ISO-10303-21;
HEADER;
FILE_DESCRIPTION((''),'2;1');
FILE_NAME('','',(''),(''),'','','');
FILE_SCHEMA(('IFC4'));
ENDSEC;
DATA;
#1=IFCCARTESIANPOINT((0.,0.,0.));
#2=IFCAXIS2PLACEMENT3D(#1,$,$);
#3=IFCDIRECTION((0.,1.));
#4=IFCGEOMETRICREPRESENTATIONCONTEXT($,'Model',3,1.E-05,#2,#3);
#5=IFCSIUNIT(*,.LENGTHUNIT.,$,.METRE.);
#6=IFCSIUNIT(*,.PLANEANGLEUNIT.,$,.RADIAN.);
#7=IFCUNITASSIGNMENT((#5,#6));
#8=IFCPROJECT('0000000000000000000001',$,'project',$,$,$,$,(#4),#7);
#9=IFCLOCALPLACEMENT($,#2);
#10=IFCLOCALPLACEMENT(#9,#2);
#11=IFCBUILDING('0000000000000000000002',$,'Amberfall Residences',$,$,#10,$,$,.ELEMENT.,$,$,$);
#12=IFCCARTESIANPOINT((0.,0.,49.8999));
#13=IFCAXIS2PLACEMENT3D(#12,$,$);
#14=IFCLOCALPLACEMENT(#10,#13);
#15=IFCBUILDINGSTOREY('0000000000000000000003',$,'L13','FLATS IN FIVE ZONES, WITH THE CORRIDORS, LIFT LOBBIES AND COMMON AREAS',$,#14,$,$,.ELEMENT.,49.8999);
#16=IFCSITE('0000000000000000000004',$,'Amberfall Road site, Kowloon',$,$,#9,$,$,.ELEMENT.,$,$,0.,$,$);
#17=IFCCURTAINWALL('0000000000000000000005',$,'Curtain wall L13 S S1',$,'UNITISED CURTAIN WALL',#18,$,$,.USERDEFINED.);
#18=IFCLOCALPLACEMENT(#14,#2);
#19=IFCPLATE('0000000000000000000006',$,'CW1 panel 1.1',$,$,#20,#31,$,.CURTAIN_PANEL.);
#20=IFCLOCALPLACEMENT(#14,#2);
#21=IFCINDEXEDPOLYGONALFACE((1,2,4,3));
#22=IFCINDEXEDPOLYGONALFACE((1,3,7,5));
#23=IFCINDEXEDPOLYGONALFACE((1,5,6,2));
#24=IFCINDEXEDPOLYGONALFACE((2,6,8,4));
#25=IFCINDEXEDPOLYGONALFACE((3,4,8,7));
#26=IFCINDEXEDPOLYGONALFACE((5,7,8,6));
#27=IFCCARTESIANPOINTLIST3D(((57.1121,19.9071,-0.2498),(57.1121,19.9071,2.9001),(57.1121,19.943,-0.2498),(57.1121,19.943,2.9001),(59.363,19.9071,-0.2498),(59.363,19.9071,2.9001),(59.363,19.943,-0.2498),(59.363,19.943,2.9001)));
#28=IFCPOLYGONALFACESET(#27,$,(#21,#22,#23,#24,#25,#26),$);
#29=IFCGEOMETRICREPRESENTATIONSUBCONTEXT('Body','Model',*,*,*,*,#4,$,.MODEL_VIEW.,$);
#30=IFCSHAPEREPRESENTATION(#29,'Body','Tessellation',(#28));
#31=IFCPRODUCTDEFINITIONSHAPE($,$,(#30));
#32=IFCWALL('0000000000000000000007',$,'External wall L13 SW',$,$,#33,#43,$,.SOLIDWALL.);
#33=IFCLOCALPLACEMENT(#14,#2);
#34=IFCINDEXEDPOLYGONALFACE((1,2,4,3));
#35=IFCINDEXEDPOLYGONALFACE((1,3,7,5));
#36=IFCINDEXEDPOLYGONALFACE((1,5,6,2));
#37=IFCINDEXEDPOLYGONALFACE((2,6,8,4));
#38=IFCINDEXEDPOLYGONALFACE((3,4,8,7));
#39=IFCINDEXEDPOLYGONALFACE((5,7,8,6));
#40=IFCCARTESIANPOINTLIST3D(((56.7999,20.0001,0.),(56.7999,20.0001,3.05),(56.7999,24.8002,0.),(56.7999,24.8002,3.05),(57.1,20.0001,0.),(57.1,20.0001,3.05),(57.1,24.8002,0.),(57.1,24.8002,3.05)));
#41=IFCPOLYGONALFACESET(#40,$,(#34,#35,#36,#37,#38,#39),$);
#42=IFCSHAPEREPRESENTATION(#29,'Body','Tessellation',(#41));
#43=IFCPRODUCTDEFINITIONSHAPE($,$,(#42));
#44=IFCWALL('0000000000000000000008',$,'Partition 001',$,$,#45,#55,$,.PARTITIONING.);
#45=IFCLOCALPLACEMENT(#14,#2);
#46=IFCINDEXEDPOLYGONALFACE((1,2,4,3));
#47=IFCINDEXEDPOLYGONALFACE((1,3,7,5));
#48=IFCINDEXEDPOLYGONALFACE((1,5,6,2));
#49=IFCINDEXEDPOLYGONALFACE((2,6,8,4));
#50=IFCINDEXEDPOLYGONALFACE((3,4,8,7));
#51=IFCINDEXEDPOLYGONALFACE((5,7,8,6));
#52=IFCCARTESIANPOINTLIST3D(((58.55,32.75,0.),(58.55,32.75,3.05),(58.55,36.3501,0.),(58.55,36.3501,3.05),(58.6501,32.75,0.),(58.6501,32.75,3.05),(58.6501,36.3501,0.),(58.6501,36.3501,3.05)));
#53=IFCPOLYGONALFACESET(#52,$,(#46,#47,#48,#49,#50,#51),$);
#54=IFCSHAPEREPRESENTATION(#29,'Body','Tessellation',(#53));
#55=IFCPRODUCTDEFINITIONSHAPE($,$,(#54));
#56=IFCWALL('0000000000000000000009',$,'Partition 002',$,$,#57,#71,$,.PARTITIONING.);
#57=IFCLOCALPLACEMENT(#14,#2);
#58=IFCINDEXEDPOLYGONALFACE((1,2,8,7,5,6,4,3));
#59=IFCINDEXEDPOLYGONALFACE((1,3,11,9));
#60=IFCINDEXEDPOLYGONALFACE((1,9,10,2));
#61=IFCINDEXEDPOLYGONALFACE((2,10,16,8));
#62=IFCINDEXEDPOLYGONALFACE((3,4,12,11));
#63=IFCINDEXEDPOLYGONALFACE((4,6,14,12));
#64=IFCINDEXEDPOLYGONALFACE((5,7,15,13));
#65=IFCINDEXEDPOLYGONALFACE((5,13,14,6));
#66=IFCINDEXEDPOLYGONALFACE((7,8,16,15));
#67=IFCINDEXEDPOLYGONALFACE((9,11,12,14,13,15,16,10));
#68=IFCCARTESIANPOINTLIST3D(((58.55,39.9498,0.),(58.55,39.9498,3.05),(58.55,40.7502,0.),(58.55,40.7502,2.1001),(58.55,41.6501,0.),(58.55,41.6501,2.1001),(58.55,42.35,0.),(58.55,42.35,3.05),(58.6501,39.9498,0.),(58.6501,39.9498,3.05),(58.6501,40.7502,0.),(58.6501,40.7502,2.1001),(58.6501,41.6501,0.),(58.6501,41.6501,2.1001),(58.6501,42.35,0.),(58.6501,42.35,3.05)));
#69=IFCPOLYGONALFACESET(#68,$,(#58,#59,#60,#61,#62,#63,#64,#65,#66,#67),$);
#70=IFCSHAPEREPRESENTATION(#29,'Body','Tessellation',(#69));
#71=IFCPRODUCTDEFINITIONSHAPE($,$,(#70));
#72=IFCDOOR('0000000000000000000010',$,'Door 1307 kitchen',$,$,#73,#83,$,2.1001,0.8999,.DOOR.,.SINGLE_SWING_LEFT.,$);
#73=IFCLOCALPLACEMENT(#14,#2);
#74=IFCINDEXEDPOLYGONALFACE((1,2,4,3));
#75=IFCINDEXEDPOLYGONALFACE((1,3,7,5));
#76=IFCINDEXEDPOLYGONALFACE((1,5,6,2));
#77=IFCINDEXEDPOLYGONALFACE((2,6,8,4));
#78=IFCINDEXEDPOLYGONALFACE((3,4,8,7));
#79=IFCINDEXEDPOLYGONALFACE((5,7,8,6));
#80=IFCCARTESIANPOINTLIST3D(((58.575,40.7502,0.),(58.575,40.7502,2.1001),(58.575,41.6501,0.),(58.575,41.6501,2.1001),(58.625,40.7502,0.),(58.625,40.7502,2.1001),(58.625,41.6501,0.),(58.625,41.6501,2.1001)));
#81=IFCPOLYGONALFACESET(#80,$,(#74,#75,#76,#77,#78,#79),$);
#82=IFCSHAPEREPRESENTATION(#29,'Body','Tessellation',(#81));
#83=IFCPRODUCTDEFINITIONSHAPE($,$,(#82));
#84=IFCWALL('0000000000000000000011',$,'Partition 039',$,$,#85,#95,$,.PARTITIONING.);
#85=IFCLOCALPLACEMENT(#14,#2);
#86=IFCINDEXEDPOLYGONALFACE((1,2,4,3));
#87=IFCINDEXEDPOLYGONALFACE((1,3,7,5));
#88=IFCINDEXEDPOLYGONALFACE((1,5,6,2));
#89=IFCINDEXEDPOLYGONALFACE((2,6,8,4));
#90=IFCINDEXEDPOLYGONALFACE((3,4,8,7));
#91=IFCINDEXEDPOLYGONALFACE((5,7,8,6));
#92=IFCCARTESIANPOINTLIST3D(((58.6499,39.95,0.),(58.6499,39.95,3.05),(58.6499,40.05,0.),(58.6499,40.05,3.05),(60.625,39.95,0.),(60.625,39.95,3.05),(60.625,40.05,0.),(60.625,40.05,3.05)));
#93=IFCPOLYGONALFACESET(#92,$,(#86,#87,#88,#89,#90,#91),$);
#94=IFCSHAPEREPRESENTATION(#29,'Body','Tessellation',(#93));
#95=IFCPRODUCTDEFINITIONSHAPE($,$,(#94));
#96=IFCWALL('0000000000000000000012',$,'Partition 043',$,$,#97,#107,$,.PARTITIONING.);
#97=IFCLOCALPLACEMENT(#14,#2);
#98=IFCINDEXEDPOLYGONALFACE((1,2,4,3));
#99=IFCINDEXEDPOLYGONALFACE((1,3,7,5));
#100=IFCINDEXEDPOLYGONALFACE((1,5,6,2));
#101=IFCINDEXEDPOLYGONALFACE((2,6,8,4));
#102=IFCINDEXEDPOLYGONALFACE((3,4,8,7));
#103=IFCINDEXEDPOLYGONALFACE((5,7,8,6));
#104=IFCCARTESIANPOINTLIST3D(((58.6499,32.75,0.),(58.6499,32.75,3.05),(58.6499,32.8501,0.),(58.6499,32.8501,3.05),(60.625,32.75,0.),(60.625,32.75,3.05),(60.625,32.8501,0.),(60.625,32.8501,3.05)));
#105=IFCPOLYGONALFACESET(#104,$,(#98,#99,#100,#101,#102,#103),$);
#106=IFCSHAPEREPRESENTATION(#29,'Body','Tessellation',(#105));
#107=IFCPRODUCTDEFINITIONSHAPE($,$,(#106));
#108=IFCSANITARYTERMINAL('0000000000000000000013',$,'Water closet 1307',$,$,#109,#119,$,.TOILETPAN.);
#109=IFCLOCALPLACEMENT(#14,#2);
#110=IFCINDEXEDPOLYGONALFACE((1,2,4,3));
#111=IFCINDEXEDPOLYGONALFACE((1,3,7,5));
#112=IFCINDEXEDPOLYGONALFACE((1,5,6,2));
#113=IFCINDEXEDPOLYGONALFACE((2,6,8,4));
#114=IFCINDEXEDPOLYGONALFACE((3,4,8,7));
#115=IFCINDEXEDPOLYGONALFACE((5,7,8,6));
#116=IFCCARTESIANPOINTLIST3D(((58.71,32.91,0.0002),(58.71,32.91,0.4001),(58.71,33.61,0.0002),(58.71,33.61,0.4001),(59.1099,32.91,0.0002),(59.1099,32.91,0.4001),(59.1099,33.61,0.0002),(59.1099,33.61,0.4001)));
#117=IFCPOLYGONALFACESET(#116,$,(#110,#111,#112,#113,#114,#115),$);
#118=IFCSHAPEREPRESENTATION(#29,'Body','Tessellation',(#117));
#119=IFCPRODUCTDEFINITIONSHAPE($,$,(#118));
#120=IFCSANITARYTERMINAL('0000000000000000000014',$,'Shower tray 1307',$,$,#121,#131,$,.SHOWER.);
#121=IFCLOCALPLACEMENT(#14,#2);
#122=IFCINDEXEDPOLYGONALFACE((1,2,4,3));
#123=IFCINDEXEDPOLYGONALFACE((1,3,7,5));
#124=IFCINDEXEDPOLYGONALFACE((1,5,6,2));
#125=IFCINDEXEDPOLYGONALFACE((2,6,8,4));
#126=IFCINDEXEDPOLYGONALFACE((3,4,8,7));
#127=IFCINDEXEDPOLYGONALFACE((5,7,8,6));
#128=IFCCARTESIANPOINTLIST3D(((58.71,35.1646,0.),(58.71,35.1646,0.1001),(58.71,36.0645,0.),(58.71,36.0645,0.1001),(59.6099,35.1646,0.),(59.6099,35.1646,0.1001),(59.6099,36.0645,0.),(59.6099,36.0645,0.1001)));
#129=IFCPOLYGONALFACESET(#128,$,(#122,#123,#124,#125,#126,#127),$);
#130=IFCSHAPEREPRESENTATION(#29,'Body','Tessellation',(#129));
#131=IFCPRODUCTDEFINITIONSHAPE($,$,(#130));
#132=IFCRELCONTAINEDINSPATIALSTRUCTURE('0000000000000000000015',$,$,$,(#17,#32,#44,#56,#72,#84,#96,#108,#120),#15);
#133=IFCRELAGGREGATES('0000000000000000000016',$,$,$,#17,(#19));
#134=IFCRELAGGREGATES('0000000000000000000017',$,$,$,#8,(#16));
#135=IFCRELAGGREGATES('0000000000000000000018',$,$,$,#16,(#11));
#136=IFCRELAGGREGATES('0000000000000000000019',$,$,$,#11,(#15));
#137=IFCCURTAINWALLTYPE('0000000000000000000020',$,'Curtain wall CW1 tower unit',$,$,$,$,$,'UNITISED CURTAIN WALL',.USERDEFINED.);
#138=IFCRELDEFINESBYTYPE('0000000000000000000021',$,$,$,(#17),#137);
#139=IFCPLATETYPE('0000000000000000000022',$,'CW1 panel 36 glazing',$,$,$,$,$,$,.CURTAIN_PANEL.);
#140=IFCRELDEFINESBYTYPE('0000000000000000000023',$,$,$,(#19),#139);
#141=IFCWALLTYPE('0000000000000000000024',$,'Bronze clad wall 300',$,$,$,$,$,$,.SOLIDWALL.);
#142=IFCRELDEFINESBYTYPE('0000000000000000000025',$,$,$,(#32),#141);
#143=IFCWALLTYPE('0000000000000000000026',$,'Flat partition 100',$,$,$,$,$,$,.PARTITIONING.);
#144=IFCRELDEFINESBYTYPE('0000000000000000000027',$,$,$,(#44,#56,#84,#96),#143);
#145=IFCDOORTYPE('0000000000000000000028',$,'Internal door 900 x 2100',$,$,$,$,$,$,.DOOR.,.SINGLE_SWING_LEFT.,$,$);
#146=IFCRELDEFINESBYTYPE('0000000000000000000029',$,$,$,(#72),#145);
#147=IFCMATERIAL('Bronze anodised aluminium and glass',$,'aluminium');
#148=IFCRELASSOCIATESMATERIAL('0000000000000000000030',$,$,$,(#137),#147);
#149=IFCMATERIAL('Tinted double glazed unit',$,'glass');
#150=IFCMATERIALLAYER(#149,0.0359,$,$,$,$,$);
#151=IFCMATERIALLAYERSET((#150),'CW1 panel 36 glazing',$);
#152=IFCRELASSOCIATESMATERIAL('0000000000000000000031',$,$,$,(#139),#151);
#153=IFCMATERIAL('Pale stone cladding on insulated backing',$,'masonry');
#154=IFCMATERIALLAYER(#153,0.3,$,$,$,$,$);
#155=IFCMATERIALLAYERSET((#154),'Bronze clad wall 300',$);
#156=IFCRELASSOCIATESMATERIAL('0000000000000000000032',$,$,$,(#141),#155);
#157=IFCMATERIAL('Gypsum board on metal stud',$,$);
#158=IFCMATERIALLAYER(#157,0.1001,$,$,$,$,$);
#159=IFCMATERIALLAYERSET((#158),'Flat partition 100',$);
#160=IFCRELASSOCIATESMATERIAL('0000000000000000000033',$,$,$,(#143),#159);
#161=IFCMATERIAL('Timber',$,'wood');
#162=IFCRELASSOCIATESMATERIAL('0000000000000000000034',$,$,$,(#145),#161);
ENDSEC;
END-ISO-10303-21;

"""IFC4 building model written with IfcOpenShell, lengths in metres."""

from ifc_helpers import new_model, si_unit, direction, frame, frame_2d, origin, origin_2d, place, context, subcontext, project, spatial, rectangle, extrude, material, layer, layer_set, type_object, element, fill, aggregate, save


model = new_model("IFC4")

# Units and contexts
model_context = context("Model", 3, precision=1e-05, world=origin(), true_north=direction((0.0, 1.0)))
body_context = subcontext(model_context, "Body", "Model", "MODEL_VIEW")
ifc_project = project(units=[si_unit("LENGTHUNIT", "METRE"), si_unit("PLANEANGLEUNIT", "RADIAN")], contexts=[model_context])

# Site, building, storey
site_placement = place(None, origin())
site = spatial("IfcSite", under=ifc_project, at=site_placement, Name="Amberfall Road site, Kowloon", CompositionType="ELEMENT", RefElevation=0.0)
building_placement = place(site_placement, origin())
building = spatial("IfcBuilding", under=site, at=building_placement, Name="Amberfall Residences", CompositionType="ELEMENT")
storey_placement = place(building_placement, frame((0.0, 0.0, 49.8999)))
storey = spatial("IfcBuildingStorey", under=building, at=storey_placement, Name="L13", Description="FLATS IN FIVE ZONES, WITH THE CORRIDORS, LIFT LOBBIES AND COMMON AREAS", CompositionType="ELEMENT", Elevation=49.8999)

# Curtain wall
ifc_material_1 = material(Name="Bronze anodised aluminium and glass", Category="aluminium")
curtain_wall_type = type_object("IfcCurtainWallType", Name="Curtain wall CW1 tower unit", ElementType="UNITISED CURTAIN WALL", PredefinedType="USERDEFINED", material=ifc_material_1)
curtain_wall_placement = place(storey_placement, origin())
curtain_wall = element("IfcCurtainWall", 1, at=curtain_wall_placement, inside=storey, type_object=curtain_wall_type, Name="Curtain wall L13 S S1", ObjectType="UNITISED CURTAIN WALL", PredefinedType="USERDEFINED")

# Plate
ifc_material_2 = material(Name="Tinted double glazed unit", Category="glass")
ifc_layer_1 = layer(ifc_material_2, 0.0359)
ifc_layer_set_1 = layer_set([ifc_layer_1], Name="CW1 panel 36 glazing")
plate_type = type_object("IfcPlateType", Name="CW1 panel 36 glazing", PredefinedType="CURTAIN_PANEL", material=ifc_layer_set_1)
plate_placement = place(storey_placement, frame((58.2375, 19.925, -0.2498), z_axis=(0.0, 0.0, 1.0), x_axis=(1.0, 0.0, 0.0)))
plate = element("IfcPlate", 2, at=plate_placement, type_object=plate_type, Name="CW1 panel 1.1", PredefinedType="CURTAIN_PANEL", context=body_context, shape_type="SweptSolid", body=[
    extrude(rectangle(XDim=2.251, YDim=0.0359, at=origin_2d()), origin(), (0.0, 0.0, 1.0), 3.1499),
])
aggregate(curtain_wall, [plate])

# Walls
ifc_material_3 = material(Name="Pale stone cladding on insulated backing", Category="masonry")
ifc_layer_2 = layer(ifc_material_3, 0.3)
ifc_layer_set_2 = layer_set([ifc_layer_2], Name="Bronze clad wall 300")
wall_type_1 = type_object("IfcWallType", Name="Bronze clad wall 300", PredefinedType="SOLIDWALL", material=ifc_layer_set_2)
wall_1_placement = place(storey_placement, frame((56.95, 24.8, 0.0), z_axis=(0.0, 0.0, 1.0), x_axis=(0.0, -1.0, 0.0)))
element("IfcWall", 3, at=wall_1_placement, inside=storey, type_object=wall_type_1, Name="External wall L13 SW", PredefinedType="SOLIDWALL", context=body_context, shape_type="SweptSolid", body=[
    extrude(rectangle(XDim=4.8, YDim=0.3, at=frame_2d((2.3999, 0.0))), origin(), (0.0, 0.0, 1.0), 3.05),
])
ifc_material_4 = material(Name="Gypsum board on metal stud")
ifc_layer_3 = layer(ifc_material_4, 0.1001)
ifc_layer_set_3 = layer_set([ifc_layer_3], Name="Flat partition 100")
wall_type_2 = type_object("IfcWallType", Name="Flat partition 100", PredefinedType="PARTITIONING", material=ifc_layer_set_3)
wall_2_placement = place(storey_placement, frame((58.6001, 32.75, 0.0), z_axis=(0.0, 0.0, 1.0), x_axis=(0.0, 1.0, 0.0)))
element("IfcWall", 4, at=wall_2_placement, inside=storey, type_object=wall_type_2, Name="Partition 001", PredefinedType="PARTITIONING", context=body_context, shape_type="SweptSolid", body=[
    extrude(rectangle(XDim=3.6001, YDim=0.1001, at=frame_2d((1.8, 0.0))), origin(), (0.0, 0.0, 1.0), 3.05),
])

# Wall, opening, door
wall_3_placement = place(storey_placement, frame((58.6001, 42.3501, 0.0), z_axis=(0.0, 0.0, 1.0), x_axis=(0.0, -1.0, 0.0)))
wall_3 = element("IfcWall", 5, at=wall_3_placement, inside=storey, type_object=wall_type_2, Name="Partition 002", PredefinedType="PARTITIONING", context=body_context, shape_type="SweptSolid", body=[
    extrude(rectangle(XDim=2.4001, YDim=0.1001, at=frame_2d((1.2002, 0.0))), origin(), (0.0, 0.0, 1.0), 3.05),
])
opening_placement = place(wall_3_placement, frame((0.7, 0.0, 0.0)))
opening = element("IfcOpeningElement", 6, at=opening_placement, cuts=wall_3, PredefinedType="OPENING", context=body_context, shape_type="SweptSolid", body=[
    extrude(rectangle(XDim=0.8999, YDim=2.1001, at=frame_2d((0.45, 1.05))), frame((0.0, 0.0601, 0.0), z_axis=(0.0, -1.0, 0.0), x_axis=(1.0, 0.0, 0.0)), (0.0, 0.0, 1.0), 0.1201),
])
ifc_material_5 = material(Name="Timber", Category="wood")
door_type = type_object("IfcDoorType", Name="Internal door 900 x 2100", OperationType="SINGLE_SWING_LEFT", PredefinedType="DOOR", material=ifc_material_5)
door_placement = place(opening_placement, origin())
door = element("IfcDoor", 7, at=door_placement, inside=storey, type_object=door_type, Name="Door 1307 kitchen", OperationType="SINGLE_SWING_LEFT", OverallHeight=2.1001, OverallWidth=0.8999, PredefinedType="DOOR", context=body_context, shape_type="SweptSolid", body=[
    extrude(rectangle(XDim=0.8999, YDim=2.1001, at=frame_2d((0.45, 1.05))), frame((0.0, 0.0249, 0.0), z_axis=(0.0, -1.0, 0.0), x_axis=(1.0, 0.0, 0.0)), (0.0, 0.0, 1.0), 0.05),
])
fill(opening, door)

# Walls
for number, where, z_axis, x_axis, name in (
    (8, (58.6499, 40.0, 0.0), (0.0, 0.0, 1.0), (1.0, 0.0, 0.0), "Partition 039"),
    (9, (58.6499, 32.8, 0.0), (0.0, 0.0, 1.0), (1.0, 0.0, 0.0), "Partition 043"),
):
    element("IfcWall", number, at=place(storey_placement, frame(where, z_axis=z_axis, x_axis=x_axis)), inside=storey, type_object=wall_type_2, Name=name, PredefinedType="PARTITIONING", context=body_context, shape_type="SweptSolid", body=[
        extrude(rectangle(XDim=1.9751, YDim=0.1001, at=frame_2d((0.9875, 0.0))), origin(), (0.0, 0.0, 1.0), 3.05),
    ])

# Sanitary terminals
sanitary_terminal_1_placement = place(storey_placement, frame((58.9099, 33.26, 0.0002), z_axis=(0.0, 0.0, 1.0), x_axis=(1.0, 0.0, 0.0)))
element("IfcSanitaryTerminal", 10, at=sanitary_terminal_1_placement, inside=storey, Name="Water closet 1307", PredefinedType="TOILETPAN", context=body_context, shape_type="SweptSolid", body=[
    extrude(rectangle(XDim=0.3999, YDim=0.7, at=origin_2d()), origin(), (0.0, 0.0, 1.0), 0.3999),
])
sanitary_terminal_2_placement = place(storey_placement, frame((59.1599, 35.6145, 0.0), z_axis=(0.0, 0.0, 1.0), x_axis=(1.0, 0.0, 0.0)))
element("IfcSanitaryTerminal", 11, at=sanitary_terminal_2_placement, inside=storey, Name="Shower tray 1307", PredefinedType="SHOWER", context=body_context, shape_type="SweptSolid", body=[
    extrude(rectangle(XDim=0.8999, YDim=0.8999, at=origin_2d()), origin(), (0.0, 0.0, 1.0), 0.1001),
])

save(model, "model.ifc")
